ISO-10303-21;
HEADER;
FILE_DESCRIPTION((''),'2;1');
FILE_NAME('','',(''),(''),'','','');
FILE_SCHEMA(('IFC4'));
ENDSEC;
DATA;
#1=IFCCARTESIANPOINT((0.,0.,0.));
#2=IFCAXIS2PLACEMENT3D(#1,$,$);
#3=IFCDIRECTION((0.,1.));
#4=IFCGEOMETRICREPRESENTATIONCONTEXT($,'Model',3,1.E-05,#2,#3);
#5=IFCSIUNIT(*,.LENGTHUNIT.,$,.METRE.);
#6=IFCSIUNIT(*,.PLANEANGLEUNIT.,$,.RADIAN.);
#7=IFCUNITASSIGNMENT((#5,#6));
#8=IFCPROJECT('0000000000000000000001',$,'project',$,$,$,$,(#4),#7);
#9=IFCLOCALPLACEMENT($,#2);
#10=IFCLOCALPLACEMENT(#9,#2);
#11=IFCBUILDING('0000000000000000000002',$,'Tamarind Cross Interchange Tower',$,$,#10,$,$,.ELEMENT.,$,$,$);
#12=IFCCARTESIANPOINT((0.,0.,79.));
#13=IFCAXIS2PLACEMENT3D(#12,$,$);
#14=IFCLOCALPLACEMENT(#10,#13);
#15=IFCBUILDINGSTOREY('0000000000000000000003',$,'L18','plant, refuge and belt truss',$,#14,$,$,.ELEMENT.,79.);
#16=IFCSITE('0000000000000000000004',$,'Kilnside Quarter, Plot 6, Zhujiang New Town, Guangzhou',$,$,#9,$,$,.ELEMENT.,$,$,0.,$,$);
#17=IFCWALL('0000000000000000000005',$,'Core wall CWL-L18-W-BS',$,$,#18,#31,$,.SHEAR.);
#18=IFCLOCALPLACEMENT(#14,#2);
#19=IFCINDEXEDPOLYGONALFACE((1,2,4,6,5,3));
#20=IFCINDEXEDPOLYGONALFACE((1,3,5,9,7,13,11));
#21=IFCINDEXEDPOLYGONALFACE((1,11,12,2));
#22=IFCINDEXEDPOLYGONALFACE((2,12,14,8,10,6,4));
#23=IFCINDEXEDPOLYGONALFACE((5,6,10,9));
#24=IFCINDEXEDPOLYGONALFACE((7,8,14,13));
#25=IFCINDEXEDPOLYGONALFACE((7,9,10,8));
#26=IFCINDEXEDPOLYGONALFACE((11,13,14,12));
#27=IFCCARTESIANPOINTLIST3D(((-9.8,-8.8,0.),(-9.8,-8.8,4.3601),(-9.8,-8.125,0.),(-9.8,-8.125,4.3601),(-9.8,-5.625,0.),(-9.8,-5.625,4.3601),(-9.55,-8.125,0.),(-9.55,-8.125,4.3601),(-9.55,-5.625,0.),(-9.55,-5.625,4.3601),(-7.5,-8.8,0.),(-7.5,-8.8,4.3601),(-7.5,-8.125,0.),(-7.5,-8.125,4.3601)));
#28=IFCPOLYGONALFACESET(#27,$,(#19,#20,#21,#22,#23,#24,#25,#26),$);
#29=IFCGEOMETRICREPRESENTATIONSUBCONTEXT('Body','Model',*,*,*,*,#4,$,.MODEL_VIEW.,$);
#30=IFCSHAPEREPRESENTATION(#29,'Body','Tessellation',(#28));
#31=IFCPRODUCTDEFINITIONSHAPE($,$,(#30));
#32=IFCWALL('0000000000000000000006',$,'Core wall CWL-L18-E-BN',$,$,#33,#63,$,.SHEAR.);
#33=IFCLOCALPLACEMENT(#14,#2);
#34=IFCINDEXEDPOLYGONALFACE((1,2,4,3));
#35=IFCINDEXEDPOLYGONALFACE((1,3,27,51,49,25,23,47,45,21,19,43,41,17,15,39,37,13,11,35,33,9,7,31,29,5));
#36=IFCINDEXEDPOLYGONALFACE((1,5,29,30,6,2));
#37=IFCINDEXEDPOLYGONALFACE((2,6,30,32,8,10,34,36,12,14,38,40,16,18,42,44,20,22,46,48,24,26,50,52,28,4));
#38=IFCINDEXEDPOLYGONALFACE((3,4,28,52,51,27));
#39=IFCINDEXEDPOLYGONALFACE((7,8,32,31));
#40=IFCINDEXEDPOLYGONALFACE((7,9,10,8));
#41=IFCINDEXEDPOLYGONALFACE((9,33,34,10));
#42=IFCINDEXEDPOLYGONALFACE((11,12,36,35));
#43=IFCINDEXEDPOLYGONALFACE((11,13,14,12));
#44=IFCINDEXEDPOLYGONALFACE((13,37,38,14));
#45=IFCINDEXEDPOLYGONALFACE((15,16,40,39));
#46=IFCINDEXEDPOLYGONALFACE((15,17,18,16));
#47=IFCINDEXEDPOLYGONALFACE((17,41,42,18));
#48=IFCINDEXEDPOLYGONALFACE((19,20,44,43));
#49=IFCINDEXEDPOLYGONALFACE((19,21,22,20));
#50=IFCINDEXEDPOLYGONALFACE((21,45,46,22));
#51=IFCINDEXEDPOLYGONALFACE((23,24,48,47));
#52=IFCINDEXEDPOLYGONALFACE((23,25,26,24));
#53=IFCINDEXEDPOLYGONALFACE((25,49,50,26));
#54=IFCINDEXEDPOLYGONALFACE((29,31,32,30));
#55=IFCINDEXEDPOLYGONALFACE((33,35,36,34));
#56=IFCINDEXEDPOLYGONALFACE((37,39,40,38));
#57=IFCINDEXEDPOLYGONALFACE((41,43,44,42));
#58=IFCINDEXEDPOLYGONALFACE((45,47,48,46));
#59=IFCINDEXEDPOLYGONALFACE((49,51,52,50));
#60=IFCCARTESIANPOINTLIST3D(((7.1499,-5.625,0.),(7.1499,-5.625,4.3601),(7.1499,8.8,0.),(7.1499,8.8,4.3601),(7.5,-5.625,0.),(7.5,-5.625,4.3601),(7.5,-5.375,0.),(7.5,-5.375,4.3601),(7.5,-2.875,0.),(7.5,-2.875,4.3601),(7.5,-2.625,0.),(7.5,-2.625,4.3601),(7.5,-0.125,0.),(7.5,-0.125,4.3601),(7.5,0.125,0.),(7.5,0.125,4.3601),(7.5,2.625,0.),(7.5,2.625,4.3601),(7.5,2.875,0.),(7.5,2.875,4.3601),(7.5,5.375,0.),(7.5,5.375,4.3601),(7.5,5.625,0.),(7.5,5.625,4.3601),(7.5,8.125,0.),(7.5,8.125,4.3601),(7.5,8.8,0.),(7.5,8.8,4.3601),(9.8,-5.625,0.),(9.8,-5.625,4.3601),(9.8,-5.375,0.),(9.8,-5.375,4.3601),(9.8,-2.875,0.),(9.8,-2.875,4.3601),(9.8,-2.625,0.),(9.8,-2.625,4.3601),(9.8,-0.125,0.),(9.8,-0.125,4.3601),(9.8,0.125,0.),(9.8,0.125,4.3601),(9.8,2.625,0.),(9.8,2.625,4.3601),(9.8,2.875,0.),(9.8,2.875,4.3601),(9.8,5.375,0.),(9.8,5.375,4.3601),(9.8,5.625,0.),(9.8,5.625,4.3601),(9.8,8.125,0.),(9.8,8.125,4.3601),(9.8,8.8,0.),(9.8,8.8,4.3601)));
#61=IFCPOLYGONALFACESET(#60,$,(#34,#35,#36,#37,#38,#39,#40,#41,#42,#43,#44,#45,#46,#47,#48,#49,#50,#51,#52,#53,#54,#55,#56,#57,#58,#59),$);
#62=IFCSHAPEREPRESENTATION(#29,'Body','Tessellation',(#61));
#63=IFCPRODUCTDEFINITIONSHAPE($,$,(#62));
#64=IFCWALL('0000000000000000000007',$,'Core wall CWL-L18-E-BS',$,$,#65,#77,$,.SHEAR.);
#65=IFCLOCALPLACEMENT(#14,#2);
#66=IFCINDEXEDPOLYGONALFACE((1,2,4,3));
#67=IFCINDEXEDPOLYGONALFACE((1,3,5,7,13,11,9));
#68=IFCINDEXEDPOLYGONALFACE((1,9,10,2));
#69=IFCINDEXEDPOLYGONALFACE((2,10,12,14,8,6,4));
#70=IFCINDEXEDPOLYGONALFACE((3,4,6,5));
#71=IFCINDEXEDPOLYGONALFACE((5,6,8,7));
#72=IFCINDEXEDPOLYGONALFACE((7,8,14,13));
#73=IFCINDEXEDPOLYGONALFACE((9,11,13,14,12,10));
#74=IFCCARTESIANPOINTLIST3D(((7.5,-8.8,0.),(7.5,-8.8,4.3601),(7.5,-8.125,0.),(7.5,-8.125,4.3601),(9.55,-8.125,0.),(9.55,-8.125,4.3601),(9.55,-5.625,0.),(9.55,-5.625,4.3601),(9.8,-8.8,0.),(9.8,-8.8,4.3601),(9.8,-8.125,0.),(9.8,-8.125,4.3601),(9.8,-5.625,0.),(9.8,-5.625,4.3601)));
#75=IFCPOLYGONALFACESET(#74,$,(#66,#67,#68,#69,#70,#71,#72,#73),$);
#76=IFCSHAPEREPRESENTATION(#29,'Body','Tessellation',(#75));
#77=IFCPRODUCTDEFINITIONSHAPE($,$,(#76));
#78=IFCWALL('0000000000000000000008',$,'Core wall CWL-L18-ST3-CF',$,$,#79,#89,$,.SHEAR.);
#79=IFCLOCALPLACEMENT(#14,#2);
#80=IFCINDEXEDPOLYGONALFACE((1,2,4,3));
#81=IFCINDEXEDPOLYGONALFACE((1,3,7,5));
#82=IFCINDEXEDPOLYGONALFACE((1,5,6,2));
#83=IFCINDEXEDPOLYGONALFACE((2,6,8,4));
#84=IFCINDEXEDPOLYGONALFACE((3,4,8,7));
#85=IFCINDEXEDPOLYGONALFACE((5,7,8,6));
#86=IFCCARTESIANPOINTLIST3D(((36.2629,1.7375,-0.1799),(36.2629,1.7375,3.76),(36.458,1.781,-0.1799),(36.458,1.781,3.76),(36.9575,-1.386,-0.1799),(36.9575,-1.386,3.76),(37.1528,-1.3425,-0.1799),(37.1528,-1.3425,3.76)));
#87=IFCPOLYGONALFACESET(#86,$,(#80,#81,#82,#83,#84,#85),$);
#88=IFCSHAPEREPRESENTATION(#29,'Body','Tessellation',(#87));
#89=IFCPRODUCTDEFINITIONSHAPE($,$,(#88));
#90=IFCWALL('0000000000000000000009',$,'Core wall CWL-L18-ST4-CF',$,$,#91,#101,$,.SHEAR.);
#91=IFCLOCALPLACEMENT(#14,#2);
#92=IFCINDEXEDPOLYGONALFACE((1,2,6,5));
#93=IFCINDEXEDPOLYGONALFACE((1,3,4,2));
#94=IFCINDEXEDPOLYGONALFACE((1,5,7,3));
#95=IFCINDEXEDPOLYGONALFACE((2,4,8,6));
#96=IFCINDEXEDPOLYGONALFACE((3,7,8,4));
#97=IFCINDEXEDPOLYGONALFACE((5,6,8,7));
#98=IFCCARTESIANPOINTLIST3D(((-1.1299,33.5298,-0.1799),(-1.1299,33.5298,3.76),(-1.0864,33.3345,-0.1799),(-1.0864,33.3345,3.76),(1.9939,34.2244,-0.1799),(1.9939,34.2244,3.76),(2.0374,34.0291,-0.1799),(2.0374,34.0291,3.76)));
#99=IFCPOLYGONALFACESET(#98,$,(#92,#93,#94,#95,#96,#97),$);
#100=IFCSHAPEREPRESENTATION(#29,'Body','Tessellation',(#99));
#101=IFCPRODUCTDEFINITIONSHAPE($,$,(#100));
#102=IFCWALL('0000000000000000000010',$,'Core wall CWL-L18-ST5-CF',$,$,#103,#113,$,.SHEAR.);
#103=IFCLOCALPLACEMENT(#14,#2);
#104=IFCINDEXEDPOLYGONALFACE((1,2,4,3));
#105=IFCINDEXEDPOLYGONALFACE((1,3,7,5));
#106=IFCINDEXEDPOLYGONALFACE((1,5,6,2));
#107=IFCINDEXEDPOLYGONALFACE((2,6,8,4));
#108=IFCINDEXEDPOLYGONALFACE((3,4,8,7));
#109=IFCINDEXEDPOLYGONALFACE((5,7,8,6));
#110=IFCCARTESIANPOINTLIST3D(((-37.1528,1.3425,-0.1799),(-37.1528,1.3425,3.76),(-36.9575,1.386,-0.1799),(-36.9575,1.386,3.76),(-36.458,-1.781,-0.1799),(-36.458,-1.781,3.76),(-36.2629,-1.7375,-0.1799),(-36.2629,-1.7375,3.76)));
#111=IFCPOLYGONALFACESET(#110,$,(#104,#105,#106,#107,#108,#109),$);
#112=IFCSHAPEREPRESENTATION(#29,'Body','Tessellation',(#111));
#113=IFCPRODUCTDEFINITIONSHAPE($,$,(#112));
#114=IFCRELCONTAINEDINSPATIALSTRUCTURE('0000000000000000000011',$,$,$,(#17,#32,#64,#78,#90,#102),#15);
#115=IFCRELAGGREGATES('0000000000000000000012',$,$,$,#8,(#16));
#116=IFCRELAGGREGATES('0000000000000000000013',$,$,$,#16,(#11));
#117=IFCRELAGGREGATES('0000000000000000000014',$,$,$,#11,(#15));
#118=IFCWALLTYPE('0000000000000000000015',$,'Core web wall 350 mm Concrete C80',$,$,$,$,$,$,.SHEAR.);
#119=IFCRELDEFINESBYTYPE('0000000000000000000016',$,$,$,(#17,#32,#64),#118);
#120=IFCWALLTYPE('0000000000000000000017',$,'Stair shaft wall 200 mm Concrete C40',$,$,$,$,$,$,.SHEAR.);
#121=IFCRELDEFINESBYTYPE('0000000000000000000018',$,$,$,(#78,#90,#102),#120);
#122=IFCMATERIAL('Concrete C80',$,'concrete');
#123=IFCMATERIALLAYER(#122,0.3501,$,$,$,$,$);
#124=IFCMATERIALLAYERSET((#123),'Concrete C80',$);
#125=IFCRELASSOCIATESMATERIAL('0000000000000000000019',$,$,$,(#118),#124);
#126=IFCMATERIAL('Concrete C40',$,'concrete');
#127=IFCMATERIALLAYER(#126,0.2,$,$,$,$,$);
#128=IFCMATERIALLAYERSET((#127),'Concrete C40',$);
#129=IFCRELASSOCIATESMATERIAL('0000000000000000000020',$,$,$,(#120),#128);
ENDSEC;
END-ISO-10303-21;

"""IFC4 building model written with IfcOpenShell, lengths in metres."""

from ifc_helpers import new_model, si_unit, direction, frame, origin, place, context, subcontext, project, spatial, polyline, outline, extrude, material, layer, layer_set, type_object, element, save


model = new_model("IFC4")

# Units and contexts
model_context = context("Model", 3, precision=1e-05, world=origin(), true_north=direction((0.0, 1.0)))
body_context = subcontext(model_context, "Body", "Model", "MODEL_VIEW")
ifc_project = project(units=[si_unit("LENGTHUNIT", "METRE"), si_unit("PLANEANGLEUNIT", "RADIAN")], contexts=[model_context])

# Site, building, storey
site_placement = place(None, origin())
site = spatial("IfcSite", under=ifc_project, at=site_placement, Name="Kilnside Quarter, Plot 6, Zhujiang New Town, Guangzhou", CompositionType="ELEMENT", RefElevation=0.0)
building_placement = place(site_placement, origin())
building = spatial("IfcBuilding", under=site, at=building_placement, Name="Tamarind Cross Interchange Tower", CompositionType="ELEMENT")
storey_placement = place(building_placement, frame((0.0, 0.0, 79.0)))
storey = spatial("IfcBuildingStorey", under=building, at=storey_placement, Name="L18", Description="plant, refuge and belt truss", CompositionType="ELEMENT", Elevation=79.0)

# Shared definitions
ifc_material_1 = material(Name="Concrete C40", Category="concrete")

# Walls
ifc_material_2 = material(Name="Concrete C80", Category="concrete")
ifc_layer_1 = layer(ifc_material_2, 0.3501)
ifc_layer_set_1 = layer_set([ifc_layer_1], Name="Concrete C80")
wall_type_1 = type_object("IfcWallType", Name="Core web wall 350 mm Concrete C80", PredefinedType="SHEAR", material=ifc_layer_set_1)
wall_1_placement = place(storey_placement, origin())
element("IfcWall", 1, at=wall_1_placement, inside=storey, type_object=wall_type_1, Name="Core wall CWL-L18-W-BS", PredefinedType="SHEAR", context=body_context, shape_type="SweptSolid", body=[
    extrude(outline(polyline([(-7.5, -8.125), (-9.55, -8.125), (-9.55, -5.625), (-9.8, -5.625), (-9.8, -8.125), (-9.8, -8.8), (-7.5, -8.8), (-7.5, -8.125)])), origin(), (0.0, 0.0, 1.0), 4.3601),
])
wall_2_placement = place(storey_placement, origin())
element("IfcWall", 2, at=wall_2_placement, inside=storey, type_object=wall_type_1, Name="Core wall CWL-L18-E-BN", PredefinedType="SHEAR", context=body_context, shape_type="SweptSolid", body=[
    extrude(outline(polyline([(9.8, -5.375), (7.5, -5.375), (7.5, -2.875), (9.8, -2.875), (9.8, -2.625), (7.5, -2.625), (7.5, -0.125), (9.8, -0.125), (9.8, 0.125), (7.5, 0.125), (7.5, 2.625), (9.8, 2.625), (9.8, 2.875), (7.5, 2.875), (7.5, 5.375), (9.8, 5.375), (9.8, 5.625), (7.5, 5.625), (7.5, 8.125), (9.8, 8.125), (9.8, 8.8), (7.5, 8.8), (7.1499, 8.8), (7.1499, -5.625), (7.5, -5.625), (9.8, -5.625), (9.8, -5.375)])), origin(), (0.0, 0.0, 1.0), 4.3601),
])
wall_3_placement = place(storey_placement, origin())
element("IfcWall", 3, at=wall_3_placement, inside=storey, type_object=wall_type_1, Name="Core wall CWL-L18-E-BS", PredefinedType="SHEAR", context=body_context, shape_type="SweptSolid", body=[
    extrude(outline(polyline([(7.5, -8.125), (7.5, -8.8), (9.8, -8.8), (9.8, -8.125), (9.8, -5.625), (9.55, -5.625), (9.55, -8.125), (7.5, -8.125)])), origin(), (0.0, 0.0, 1.0), 4.3601),
])
ifc_layer_2 = layer(ifc_material_1, 0.2)
ifc_layer_set_2 = layer_set([ifc_layer_2], Name="Concrete C40")
wall_type_2 = type_object("IfcWallType", Name="Stair shaft wall 200 mm Concrete C40", PredefinedType="SHEAR", material=ifc_layer_set_2)
wall_4_placement = place(storey_placement, frame((0.0, 0.0, -0.1799)))
element("IfcWall", 4, at=wall_4_placement, inside=storey, type_object=wall_type_2, Name="Core wall CWL-L18-ST3-CF", PredefinedType="SHEAR", context=body_context, shape_type="SweptSolid", body=[
    extrude(outline(polyline([(36.9575, -1.386), (37.1528, -1.3425), (36.458, 1.781), (36.2629, 1.7375), (36.9575, -1.386)])), origin(), (0.0, 0.0, 1.0), 3.9399),
])
wall_5_placement = place(storey_placement, frame((0.0, 0.0, -0.1799)))
element("IfcWall", 5, at=wall_5_placement, inside=storey, type_object=wall_type_2, Name="Core wall CWL-L18-ST4-CF", PredefinedType="SHEAR", context=body_context, shape_type="SweptSolid", body=[
    extrude(outline(polyline([(2.0374, 34.0291), (1.9939, 34.2244), (-1.1299, 33.5298), (-1.0864, 33.3345), (2.0374, 34.0291)])), origin(), (0.0, 0.0, 1.0), 3.9399),
])
wall_6_placement = place(storey_placement, frame((0.0, 0.0, -0.1799)))
element("IfcWall", 6, at=wall_6_placement, inside=storey, type_object=wall_type_2, Name="Core wall CWL-L18-ST5-CF", PredefinedType="SHEAR", context=body_context, shape_type="SweptSolid", body=[
    extrude(outline(polyline([(-36.9575, 1.386), (-37.1528, 1.3425), (-36.458, -1.781), (-36.2629, -1.7375), (-36.9575, 1.386)])), origin(), (0.0, 0.0, 1.0), 3.9399),
])

save(model, "model.ifc")
